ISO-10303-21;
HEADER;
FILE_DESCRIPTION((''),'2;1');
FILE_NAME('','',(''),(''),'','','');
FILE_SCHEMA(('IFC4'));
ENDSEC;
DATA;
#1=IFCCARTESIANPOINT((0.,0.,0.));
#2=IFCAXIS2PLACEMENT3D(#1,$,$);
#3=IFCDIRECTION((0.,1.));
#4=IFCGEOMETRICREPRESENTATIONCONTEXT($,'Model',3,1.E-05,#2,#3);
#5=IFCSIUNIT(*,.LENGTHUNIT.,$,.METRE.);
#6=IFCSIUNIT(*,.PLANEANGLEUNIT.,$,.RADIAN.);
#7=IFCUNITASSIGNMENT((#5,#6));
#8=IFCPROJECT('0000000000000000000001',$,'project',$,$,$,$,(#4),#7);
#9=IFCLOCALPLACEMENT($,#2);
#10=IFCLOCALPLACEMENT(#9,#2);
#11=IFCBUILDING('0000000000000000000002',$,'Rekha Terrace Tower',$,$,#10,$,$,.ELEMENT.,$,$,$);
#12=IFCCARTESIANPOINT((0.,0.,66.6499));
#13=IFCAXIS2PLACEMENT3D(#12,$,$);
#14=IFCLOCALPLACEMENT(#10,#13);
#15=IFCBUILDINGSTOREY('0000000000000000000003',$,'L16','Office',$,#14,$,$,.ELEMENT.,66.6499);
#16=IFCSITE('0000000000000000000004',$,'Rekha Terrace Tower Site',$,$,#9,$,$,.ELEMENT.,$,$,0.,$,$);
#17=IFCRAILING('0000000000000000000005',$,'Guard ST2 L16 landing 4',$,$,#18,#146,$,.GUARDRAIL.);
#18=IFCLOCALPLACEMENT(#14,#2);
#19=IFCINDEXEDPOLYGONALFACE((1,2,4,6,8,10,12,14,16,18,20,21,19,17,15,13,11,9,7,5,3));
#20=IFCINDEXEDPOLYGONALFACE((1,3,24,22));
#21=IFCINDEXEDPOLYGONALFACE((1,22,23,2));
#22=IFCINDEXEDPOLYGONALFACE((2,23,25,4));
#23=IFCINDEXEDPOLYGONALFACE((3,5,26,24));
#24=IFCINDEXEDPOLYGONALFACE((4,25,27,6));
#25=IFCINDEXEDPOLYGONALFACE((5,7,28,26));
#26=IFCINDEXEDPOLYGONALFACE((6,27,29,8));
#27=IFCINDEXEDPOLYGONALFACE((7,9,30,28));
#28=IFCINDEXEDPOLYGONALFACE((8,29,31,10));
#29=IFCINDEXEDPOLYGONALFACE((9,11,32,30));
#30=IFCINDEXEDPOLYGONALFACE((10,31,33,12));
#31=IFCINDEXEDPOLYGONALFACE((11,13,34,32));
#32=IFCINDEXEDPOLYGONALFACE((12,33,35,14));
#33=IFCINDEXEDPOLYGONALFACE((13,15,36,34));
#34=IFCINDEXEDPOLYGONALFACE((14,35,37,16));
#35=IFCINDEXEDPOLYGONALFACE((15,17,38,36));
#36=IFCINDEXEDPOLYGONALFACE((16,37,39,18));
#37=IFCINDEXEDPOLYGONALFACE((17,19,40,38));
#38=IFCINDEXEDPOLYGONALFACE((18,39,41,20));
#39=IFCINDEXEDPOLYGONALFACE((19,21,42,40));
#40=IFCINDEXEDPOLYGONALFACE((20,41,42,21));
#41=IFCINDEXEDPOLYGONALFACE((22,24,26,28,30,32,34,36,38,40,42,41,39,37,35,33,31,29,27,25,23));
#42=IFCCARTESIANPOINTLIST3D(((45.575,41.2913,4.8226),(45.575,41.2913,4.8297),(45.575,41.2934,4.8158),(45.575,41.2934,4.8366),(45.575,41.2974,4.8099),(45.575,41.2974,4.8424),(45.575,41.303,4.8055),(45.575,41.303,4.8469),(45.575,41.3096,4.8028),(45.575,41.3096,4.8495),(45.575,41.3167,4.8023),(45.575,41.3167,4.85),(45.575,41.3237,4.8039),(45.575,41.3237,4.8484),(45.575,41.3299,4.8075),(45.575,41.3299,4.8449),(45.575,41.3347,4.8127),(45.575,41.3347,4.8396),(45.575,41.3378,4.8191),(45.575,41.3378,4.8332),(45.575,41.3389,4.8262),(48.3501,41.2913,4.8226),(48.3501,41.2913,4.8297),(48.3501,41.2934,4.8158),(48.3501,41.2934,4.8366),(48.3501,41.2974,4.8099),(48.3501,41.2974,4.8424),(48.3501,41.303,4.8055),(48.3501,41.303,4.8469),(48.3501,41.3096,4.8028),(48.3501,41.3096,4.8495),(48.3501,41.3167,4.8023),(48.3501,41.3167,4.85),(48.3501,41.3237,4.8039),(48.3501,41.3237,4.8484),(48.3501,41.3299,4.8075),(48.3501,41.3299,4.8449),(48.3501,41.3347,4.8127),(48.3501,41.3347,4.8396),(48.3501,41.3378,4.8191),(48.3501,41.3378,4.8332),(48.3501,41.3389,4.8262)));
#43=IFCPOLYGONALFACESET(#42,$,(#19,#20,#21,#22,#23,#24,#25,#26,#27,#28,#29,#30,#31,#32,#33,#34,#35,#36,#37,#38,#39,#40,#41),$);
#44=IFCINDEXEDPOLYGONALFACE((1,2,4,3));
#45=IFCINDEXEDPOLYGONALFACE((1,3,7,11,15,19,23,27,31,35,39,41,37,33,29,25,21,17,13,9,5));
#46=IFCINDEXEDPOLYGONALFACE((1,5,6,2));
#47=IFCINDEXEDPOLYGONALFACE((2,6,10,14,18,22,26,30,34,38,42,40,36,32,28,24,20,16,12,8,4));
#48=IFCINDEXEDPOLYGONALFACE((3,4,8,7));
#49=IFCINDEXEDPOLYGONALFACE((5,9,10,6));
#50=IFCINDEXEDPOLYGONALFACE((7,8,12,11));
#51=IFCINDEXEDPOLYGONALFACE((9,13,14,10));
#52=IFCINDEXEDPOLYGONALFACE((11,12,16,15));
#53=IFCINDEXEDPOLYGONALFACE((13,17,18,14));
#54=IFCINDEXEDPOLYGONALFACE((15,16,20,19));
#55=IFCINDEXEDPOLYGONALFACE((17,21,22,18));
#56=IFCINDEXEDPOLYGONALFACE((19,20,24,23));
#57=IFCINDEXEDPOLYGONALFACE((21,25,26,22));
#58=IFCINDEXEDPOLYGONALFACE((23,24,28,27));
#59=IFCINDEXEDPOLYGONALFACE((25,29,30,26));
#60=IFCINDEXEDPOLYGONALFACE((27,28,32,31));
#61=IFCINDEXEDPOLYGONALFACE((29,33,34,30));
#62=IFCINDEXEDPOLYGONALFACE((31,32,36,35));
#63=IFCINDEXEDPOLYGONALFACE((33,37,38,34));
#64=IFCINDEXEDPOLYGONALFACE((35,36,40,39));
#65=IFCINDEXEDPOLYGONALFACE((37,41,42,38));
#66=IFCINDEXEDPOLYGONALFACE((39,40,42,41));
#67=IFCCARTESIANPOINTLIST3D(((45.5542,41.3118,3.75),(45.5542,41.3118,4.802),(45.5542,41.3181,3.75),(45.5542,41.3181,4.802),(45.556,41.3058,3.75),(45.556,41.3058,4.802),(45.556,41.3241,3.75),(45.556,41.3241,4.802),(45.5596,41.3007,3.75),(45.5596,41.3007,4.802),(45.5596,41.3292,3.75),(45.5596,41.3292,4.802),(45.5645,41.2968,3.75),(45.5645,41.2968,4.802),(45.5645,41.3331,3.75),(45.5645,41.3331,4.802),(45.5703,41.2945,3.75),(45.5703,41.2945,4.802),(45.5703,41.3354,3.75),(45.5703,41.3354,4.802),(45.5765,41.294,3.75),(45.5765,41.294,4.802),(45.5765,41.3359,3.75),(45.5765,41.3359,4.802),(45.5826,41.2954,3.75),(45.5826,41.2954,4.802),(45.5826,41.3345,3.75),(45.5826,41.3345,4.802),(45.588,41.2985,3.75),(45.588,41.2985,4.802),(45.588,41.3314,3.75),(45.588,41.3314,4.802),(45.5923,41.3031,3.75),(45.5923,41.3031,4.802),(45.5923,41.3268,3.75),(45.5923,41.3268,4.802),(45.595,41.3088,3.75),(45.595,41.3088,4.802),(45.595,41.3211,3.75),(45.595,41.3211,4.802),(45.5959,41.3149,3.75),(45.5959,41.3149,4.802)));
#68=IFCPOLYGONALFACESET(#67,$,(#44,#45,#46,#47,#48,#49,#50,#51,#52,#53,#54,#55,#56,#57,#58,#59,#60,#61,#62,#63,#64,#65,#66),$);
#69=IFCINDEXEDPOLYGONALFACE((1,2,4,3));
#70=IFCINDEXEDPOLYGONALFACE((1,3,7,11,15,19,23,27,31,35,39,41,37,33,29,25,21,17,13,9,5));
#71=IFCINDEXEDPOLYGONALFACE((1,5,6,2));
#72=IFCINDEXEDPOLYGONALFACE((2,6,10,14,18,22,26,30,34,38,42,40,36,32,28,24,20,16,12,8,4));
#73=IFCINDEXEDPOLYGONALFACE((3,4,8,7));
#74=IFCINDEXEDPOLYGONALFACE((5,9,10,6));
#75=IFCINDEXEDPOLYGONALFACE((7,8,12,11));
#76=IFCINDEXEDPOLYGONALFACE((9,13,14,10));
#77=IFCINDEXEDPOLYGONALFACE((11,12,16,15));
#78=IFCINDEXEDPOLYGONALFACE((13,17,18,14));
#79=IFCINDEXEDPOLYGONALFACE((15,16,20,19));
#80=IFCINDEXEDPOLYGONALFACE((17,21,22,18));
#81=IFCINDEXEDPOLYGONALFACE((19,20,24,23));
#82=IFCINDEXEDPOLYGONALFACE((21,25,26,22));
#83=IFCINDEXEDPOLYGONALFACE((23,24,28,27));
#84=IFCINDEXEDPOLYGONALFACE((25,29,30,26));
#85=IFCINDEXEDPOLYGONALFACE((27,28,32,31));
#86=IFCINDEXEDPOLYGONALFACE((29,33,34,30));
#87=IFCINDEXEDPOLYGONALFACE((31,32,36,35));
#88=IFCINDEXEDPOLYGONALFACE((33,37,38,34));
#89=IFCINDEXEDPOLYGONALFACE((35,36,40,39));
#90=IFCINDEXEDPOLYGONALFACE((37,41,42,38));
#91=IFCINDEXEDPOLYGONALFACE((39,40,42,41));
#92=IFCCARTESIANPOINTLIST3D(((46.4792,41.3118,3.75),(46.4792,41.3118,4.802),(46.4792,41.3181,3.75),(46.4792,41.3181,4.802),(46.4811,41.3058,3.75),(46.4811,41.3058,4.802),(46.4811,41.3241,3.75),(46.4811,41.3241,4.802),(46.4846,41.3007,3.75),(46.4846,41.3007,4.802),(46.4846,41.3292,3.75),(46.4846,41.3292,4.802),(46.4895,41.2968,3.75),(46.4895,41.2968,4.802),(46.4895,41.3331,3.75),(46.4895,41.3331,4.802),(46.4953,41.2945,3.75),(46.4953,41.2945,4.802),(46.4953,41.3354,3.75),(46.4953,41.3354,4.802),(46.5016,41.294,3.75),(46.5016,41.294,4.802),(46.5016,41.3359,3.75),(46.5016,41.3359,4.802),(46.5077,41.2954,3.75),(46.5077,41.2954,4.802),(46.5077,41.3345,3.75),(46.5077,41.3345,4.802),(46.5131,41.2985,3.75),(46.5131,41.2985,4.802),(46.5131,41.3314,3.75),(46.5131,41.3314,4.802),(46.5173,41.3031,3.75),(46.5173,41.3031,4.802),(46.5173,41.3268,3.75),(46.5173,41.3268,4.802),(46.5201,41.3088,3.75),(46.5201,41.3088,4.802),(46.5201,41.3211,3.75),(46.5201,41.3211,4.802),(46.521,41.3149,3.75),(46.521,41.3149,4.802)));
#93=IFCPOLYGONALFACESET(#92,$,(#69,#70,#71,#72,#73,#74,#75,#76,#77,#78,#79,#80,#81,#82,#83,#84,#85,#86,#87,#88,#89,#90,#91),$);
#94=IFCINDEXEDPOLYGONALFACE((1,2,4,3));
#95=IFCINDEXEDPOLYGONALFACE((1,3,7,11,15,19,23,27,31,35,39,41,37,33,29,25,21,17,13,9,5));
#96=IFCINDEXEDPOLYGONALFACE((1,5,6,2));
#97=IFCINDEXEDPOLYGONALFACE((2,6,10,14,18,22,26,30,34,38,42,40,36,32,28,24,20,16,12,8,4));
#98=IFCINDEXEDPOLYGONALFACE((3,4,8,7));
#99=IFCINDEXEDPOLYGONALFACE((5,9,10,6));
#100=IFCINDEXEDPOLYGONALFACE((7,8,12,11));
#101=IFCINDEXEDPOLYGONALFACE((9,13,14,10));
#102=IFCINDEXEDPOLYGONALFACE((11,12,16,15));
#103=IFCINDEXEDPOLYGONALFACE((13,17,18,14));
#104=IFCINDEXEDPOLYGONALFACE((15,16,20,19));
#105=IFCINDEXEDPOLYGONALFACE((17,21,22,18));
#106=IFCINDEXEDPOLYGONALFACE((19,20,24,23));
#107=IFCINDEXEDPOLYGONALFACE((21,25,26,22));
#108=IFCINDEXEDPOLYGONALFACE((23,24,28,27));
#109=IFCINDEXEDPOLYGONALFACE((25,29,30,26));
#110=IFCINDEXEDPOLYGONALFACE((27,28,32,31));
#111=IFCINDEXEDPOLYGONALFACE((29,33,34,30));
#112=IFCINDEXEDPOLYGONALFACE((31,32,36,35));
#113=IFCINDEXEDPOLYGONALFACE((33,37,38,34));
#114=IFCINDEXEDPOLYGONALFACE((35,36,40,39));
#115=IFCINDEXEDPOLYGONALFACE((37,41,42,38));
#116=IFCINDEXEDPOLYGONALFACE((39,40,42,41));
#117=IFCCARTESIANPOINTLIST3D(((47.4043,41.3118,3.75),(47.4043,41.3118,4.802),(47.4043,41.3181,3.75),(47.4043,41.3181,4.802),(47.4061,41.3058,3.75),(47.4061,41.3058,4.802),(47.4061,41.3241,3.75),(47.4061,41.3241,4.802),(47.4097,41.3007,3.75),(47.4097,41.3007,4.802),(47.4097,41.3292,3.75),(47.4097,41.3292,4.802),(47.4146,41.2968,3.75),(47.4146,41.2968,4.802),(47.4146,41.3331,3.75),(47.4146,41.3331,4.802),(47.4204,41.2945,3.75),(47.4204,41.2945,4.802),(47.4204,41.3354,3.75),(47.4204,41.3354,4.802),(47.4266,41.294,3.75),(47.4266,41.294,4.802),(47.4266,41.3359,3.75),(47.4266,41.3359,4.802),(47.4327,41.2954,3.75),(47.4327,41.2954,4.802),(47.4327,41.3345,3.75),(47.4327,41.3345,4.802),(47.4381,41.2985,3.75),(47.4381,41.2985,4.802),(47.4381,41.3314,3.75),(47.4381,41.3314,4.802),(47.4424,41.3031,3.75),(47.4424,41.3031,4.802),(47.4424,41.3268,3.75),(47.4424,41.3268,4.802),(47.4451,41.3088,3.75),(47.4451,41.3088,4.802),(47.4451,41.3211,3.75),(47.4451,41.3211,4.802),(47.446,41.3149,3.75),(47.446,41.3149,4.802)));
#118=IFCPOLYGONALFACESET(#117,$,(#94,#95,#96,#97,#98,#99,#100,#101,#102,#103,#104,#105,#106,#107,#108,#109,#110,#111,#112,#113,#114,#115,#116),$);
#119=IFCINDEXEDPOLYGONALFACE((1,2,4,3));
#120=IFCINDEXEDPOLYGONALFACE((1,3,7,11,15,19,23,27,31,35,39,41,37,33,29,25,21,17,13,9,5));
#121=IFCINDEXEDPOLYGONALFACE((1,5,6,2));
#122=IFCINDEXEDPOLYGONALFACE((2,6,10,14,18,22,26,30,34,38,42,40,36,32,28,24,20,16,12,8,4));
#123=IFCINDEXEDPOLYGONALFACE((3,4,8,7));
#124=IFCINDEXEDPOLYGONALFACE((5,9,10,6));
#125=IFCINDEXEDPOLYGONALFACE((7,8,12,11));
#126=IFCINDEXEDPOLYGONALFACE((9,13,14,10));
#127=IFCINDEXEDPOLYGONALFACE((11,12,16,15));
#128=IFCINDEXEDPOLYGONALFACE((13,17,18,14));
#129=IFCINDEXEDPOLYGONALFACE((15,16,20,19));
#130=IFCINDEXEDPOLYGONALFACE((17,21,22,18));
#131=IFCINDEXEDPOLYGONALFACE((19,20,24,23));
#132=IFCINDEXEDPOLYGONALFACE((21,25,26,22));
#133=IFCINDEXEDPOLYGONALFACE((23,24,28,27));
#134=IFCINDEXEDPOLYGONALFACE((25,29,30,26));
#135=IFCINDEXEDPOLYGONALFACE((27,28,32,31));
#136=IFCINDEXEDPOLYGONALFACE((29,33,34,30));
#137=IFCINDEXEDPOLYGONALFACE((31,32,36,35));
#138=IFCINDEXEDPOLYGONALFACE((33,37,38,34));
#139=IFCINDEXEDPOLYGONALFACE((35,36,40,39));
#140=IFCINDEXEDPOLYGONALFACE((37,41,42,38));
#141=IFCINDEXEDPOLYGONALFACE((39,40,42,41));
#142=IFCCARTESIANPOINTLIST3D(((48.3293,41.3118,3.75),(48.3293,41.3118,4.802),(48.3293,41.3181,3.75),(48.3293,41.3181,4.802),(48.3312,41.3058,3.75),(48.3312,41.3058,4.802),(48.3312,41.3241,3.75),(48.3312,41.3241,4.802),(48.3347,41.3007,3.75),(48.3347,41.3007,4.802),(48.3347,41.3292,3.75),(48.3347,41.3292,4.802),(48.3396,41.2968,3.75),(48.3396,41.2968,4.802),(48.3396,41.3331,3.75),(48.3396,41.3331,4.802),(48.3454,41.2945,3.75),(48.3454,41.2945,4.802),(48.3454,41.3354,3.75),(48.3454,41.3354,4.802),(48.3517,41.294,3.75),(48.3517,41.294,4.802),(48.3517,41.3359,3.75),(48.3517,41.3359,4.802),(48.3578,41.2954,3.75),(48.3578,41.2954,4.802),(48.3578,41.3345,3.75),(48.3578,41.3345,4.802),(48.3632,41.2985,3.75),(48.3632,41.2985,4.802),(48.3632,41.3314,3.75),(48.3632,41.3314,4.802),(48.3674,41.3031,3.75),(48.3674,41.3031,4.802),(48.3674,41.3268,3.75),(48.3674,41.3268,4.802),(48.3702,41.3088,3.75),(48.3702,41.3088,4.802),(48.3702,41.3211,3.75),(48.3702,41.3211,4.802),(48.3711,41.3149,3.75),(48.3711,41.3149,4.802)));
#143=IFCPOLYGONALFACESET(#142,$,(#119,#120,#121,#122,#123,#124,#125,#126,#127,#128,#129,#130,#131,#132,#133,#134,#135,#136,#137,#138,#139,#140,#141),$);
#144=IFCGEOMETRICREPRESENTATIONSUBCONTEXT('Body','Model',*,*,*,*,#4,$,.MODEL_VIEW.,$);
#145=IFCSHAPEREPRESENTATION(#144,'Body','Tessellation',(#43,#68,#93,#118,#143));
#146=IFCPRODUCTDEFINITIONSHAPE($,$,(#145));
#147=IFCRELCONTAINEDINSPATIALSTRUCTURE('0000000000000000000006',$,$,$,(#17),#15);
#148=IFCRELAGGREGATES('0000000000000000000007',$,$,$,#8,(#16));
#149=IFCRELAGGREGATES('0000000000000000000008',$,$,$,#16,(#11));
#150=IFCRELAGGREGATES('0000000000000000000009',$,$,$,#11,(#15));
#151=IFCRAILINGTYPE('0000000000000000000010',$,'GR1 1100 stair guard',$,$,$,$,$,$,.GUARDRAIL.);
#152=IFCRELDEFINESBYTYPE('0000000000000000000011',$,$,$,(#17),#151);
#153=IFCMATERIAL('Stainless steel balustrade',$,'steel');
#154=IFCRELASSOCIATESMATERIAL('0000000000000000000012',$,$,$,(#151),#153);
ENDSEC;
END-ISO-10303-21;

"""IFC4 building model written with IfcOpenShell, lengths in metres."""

from ifc_helpers import new_model, si_unit, direction, frame, origin, origin_2d, place, context, subcontext, project, spatial, circle, extrude, material, type_object, element, save


model = new_model("IFC4")

# Units and contexts
model_context = context("Model", 3, precision=1e-05, world=origin(), true_north=direction((0.0, 1.0)))
body_context = subcontext(model_context, "Body", "Model", "MODEL_VIEW")
ifc_project = project(units=[si_unit("LENGTHUNIT", "METRE"), si_unit("PLANEANGLEUNIT", "RADIAN")], contexts=[model_context])

# Site, building, storey
site_placement = place(None, origin())
site = spatial("IfcSite", under=ifc_project, at=site_placement, Name="Rekha Terrace Tower Site", CompositionType="ELEMENT", RefElevation=0.0)
building_placement = place(site_placement, origin())
building = spatial("IfcBuilding", under=site, at=building_placement, Name="Rekha Terrace Tower", CompositionType="ELEMENT")
storey_placement = place(building_placement, frame((0.0, 0.0, 66.6499)))
storey = spatial("IfcBuildingStorey", under=building, at=storey_placement, Name="L16", Description="Office", CompositionType="ELEMENT", Elevation=66.6499)

# Railing
ifc_material_1 = material(Name="Stainless steel balustrade", Category="steel")
railing_type_1 = type_object("IfcRailingType", Name="GR1 1100 stair guard", PredefinedType="GUARDRAIL", material=ifc_material_1)
railing_1_placement = place(storey_placement, frame((45.575, 41.3149, 3.75)))
element("IfcRailing", 1, at=railing_1_placement, inside=storey, type_object=railing_type_1, Name="Guard ST2 L16 landing 4", PredefinedType="GUARDRAIL", context=body_context, shape_type="SweptSolid", body=[
    extrude(circle(Radius=0.0239, at=origin_2d()), frame((0.0, 0.0, 1.0762), z_axis=(1.0, 0.0, 0.0), x_axis=(0.0, 1.0, 0.0)), (0.0, 0.0, 1.0), 2.7751),
    extrude(circle(Radius=0.021, at=origin_2d()), origin(), (0.0, 0.0, 1.0), 1.052),
    extrude(circle(Radius=0.021, at=origin_2d()), frame((0.925, 0.0, 0.0)), (0.0, 0.0, 1.0), 1.052),
    extrude(circle(Radius=0.021, at=origin_2d()), frame((1.8501, 0.0, 0.0)), (0.0, 0.0, 1.0), 1.052),
    extrude(circle(Radius=0.021, at=origin_2d()), frame((2.7751, 0.0, 0.0)), (0.0, 0.0, 1.0), 1.052),
])

save(model, "model.ifc")
